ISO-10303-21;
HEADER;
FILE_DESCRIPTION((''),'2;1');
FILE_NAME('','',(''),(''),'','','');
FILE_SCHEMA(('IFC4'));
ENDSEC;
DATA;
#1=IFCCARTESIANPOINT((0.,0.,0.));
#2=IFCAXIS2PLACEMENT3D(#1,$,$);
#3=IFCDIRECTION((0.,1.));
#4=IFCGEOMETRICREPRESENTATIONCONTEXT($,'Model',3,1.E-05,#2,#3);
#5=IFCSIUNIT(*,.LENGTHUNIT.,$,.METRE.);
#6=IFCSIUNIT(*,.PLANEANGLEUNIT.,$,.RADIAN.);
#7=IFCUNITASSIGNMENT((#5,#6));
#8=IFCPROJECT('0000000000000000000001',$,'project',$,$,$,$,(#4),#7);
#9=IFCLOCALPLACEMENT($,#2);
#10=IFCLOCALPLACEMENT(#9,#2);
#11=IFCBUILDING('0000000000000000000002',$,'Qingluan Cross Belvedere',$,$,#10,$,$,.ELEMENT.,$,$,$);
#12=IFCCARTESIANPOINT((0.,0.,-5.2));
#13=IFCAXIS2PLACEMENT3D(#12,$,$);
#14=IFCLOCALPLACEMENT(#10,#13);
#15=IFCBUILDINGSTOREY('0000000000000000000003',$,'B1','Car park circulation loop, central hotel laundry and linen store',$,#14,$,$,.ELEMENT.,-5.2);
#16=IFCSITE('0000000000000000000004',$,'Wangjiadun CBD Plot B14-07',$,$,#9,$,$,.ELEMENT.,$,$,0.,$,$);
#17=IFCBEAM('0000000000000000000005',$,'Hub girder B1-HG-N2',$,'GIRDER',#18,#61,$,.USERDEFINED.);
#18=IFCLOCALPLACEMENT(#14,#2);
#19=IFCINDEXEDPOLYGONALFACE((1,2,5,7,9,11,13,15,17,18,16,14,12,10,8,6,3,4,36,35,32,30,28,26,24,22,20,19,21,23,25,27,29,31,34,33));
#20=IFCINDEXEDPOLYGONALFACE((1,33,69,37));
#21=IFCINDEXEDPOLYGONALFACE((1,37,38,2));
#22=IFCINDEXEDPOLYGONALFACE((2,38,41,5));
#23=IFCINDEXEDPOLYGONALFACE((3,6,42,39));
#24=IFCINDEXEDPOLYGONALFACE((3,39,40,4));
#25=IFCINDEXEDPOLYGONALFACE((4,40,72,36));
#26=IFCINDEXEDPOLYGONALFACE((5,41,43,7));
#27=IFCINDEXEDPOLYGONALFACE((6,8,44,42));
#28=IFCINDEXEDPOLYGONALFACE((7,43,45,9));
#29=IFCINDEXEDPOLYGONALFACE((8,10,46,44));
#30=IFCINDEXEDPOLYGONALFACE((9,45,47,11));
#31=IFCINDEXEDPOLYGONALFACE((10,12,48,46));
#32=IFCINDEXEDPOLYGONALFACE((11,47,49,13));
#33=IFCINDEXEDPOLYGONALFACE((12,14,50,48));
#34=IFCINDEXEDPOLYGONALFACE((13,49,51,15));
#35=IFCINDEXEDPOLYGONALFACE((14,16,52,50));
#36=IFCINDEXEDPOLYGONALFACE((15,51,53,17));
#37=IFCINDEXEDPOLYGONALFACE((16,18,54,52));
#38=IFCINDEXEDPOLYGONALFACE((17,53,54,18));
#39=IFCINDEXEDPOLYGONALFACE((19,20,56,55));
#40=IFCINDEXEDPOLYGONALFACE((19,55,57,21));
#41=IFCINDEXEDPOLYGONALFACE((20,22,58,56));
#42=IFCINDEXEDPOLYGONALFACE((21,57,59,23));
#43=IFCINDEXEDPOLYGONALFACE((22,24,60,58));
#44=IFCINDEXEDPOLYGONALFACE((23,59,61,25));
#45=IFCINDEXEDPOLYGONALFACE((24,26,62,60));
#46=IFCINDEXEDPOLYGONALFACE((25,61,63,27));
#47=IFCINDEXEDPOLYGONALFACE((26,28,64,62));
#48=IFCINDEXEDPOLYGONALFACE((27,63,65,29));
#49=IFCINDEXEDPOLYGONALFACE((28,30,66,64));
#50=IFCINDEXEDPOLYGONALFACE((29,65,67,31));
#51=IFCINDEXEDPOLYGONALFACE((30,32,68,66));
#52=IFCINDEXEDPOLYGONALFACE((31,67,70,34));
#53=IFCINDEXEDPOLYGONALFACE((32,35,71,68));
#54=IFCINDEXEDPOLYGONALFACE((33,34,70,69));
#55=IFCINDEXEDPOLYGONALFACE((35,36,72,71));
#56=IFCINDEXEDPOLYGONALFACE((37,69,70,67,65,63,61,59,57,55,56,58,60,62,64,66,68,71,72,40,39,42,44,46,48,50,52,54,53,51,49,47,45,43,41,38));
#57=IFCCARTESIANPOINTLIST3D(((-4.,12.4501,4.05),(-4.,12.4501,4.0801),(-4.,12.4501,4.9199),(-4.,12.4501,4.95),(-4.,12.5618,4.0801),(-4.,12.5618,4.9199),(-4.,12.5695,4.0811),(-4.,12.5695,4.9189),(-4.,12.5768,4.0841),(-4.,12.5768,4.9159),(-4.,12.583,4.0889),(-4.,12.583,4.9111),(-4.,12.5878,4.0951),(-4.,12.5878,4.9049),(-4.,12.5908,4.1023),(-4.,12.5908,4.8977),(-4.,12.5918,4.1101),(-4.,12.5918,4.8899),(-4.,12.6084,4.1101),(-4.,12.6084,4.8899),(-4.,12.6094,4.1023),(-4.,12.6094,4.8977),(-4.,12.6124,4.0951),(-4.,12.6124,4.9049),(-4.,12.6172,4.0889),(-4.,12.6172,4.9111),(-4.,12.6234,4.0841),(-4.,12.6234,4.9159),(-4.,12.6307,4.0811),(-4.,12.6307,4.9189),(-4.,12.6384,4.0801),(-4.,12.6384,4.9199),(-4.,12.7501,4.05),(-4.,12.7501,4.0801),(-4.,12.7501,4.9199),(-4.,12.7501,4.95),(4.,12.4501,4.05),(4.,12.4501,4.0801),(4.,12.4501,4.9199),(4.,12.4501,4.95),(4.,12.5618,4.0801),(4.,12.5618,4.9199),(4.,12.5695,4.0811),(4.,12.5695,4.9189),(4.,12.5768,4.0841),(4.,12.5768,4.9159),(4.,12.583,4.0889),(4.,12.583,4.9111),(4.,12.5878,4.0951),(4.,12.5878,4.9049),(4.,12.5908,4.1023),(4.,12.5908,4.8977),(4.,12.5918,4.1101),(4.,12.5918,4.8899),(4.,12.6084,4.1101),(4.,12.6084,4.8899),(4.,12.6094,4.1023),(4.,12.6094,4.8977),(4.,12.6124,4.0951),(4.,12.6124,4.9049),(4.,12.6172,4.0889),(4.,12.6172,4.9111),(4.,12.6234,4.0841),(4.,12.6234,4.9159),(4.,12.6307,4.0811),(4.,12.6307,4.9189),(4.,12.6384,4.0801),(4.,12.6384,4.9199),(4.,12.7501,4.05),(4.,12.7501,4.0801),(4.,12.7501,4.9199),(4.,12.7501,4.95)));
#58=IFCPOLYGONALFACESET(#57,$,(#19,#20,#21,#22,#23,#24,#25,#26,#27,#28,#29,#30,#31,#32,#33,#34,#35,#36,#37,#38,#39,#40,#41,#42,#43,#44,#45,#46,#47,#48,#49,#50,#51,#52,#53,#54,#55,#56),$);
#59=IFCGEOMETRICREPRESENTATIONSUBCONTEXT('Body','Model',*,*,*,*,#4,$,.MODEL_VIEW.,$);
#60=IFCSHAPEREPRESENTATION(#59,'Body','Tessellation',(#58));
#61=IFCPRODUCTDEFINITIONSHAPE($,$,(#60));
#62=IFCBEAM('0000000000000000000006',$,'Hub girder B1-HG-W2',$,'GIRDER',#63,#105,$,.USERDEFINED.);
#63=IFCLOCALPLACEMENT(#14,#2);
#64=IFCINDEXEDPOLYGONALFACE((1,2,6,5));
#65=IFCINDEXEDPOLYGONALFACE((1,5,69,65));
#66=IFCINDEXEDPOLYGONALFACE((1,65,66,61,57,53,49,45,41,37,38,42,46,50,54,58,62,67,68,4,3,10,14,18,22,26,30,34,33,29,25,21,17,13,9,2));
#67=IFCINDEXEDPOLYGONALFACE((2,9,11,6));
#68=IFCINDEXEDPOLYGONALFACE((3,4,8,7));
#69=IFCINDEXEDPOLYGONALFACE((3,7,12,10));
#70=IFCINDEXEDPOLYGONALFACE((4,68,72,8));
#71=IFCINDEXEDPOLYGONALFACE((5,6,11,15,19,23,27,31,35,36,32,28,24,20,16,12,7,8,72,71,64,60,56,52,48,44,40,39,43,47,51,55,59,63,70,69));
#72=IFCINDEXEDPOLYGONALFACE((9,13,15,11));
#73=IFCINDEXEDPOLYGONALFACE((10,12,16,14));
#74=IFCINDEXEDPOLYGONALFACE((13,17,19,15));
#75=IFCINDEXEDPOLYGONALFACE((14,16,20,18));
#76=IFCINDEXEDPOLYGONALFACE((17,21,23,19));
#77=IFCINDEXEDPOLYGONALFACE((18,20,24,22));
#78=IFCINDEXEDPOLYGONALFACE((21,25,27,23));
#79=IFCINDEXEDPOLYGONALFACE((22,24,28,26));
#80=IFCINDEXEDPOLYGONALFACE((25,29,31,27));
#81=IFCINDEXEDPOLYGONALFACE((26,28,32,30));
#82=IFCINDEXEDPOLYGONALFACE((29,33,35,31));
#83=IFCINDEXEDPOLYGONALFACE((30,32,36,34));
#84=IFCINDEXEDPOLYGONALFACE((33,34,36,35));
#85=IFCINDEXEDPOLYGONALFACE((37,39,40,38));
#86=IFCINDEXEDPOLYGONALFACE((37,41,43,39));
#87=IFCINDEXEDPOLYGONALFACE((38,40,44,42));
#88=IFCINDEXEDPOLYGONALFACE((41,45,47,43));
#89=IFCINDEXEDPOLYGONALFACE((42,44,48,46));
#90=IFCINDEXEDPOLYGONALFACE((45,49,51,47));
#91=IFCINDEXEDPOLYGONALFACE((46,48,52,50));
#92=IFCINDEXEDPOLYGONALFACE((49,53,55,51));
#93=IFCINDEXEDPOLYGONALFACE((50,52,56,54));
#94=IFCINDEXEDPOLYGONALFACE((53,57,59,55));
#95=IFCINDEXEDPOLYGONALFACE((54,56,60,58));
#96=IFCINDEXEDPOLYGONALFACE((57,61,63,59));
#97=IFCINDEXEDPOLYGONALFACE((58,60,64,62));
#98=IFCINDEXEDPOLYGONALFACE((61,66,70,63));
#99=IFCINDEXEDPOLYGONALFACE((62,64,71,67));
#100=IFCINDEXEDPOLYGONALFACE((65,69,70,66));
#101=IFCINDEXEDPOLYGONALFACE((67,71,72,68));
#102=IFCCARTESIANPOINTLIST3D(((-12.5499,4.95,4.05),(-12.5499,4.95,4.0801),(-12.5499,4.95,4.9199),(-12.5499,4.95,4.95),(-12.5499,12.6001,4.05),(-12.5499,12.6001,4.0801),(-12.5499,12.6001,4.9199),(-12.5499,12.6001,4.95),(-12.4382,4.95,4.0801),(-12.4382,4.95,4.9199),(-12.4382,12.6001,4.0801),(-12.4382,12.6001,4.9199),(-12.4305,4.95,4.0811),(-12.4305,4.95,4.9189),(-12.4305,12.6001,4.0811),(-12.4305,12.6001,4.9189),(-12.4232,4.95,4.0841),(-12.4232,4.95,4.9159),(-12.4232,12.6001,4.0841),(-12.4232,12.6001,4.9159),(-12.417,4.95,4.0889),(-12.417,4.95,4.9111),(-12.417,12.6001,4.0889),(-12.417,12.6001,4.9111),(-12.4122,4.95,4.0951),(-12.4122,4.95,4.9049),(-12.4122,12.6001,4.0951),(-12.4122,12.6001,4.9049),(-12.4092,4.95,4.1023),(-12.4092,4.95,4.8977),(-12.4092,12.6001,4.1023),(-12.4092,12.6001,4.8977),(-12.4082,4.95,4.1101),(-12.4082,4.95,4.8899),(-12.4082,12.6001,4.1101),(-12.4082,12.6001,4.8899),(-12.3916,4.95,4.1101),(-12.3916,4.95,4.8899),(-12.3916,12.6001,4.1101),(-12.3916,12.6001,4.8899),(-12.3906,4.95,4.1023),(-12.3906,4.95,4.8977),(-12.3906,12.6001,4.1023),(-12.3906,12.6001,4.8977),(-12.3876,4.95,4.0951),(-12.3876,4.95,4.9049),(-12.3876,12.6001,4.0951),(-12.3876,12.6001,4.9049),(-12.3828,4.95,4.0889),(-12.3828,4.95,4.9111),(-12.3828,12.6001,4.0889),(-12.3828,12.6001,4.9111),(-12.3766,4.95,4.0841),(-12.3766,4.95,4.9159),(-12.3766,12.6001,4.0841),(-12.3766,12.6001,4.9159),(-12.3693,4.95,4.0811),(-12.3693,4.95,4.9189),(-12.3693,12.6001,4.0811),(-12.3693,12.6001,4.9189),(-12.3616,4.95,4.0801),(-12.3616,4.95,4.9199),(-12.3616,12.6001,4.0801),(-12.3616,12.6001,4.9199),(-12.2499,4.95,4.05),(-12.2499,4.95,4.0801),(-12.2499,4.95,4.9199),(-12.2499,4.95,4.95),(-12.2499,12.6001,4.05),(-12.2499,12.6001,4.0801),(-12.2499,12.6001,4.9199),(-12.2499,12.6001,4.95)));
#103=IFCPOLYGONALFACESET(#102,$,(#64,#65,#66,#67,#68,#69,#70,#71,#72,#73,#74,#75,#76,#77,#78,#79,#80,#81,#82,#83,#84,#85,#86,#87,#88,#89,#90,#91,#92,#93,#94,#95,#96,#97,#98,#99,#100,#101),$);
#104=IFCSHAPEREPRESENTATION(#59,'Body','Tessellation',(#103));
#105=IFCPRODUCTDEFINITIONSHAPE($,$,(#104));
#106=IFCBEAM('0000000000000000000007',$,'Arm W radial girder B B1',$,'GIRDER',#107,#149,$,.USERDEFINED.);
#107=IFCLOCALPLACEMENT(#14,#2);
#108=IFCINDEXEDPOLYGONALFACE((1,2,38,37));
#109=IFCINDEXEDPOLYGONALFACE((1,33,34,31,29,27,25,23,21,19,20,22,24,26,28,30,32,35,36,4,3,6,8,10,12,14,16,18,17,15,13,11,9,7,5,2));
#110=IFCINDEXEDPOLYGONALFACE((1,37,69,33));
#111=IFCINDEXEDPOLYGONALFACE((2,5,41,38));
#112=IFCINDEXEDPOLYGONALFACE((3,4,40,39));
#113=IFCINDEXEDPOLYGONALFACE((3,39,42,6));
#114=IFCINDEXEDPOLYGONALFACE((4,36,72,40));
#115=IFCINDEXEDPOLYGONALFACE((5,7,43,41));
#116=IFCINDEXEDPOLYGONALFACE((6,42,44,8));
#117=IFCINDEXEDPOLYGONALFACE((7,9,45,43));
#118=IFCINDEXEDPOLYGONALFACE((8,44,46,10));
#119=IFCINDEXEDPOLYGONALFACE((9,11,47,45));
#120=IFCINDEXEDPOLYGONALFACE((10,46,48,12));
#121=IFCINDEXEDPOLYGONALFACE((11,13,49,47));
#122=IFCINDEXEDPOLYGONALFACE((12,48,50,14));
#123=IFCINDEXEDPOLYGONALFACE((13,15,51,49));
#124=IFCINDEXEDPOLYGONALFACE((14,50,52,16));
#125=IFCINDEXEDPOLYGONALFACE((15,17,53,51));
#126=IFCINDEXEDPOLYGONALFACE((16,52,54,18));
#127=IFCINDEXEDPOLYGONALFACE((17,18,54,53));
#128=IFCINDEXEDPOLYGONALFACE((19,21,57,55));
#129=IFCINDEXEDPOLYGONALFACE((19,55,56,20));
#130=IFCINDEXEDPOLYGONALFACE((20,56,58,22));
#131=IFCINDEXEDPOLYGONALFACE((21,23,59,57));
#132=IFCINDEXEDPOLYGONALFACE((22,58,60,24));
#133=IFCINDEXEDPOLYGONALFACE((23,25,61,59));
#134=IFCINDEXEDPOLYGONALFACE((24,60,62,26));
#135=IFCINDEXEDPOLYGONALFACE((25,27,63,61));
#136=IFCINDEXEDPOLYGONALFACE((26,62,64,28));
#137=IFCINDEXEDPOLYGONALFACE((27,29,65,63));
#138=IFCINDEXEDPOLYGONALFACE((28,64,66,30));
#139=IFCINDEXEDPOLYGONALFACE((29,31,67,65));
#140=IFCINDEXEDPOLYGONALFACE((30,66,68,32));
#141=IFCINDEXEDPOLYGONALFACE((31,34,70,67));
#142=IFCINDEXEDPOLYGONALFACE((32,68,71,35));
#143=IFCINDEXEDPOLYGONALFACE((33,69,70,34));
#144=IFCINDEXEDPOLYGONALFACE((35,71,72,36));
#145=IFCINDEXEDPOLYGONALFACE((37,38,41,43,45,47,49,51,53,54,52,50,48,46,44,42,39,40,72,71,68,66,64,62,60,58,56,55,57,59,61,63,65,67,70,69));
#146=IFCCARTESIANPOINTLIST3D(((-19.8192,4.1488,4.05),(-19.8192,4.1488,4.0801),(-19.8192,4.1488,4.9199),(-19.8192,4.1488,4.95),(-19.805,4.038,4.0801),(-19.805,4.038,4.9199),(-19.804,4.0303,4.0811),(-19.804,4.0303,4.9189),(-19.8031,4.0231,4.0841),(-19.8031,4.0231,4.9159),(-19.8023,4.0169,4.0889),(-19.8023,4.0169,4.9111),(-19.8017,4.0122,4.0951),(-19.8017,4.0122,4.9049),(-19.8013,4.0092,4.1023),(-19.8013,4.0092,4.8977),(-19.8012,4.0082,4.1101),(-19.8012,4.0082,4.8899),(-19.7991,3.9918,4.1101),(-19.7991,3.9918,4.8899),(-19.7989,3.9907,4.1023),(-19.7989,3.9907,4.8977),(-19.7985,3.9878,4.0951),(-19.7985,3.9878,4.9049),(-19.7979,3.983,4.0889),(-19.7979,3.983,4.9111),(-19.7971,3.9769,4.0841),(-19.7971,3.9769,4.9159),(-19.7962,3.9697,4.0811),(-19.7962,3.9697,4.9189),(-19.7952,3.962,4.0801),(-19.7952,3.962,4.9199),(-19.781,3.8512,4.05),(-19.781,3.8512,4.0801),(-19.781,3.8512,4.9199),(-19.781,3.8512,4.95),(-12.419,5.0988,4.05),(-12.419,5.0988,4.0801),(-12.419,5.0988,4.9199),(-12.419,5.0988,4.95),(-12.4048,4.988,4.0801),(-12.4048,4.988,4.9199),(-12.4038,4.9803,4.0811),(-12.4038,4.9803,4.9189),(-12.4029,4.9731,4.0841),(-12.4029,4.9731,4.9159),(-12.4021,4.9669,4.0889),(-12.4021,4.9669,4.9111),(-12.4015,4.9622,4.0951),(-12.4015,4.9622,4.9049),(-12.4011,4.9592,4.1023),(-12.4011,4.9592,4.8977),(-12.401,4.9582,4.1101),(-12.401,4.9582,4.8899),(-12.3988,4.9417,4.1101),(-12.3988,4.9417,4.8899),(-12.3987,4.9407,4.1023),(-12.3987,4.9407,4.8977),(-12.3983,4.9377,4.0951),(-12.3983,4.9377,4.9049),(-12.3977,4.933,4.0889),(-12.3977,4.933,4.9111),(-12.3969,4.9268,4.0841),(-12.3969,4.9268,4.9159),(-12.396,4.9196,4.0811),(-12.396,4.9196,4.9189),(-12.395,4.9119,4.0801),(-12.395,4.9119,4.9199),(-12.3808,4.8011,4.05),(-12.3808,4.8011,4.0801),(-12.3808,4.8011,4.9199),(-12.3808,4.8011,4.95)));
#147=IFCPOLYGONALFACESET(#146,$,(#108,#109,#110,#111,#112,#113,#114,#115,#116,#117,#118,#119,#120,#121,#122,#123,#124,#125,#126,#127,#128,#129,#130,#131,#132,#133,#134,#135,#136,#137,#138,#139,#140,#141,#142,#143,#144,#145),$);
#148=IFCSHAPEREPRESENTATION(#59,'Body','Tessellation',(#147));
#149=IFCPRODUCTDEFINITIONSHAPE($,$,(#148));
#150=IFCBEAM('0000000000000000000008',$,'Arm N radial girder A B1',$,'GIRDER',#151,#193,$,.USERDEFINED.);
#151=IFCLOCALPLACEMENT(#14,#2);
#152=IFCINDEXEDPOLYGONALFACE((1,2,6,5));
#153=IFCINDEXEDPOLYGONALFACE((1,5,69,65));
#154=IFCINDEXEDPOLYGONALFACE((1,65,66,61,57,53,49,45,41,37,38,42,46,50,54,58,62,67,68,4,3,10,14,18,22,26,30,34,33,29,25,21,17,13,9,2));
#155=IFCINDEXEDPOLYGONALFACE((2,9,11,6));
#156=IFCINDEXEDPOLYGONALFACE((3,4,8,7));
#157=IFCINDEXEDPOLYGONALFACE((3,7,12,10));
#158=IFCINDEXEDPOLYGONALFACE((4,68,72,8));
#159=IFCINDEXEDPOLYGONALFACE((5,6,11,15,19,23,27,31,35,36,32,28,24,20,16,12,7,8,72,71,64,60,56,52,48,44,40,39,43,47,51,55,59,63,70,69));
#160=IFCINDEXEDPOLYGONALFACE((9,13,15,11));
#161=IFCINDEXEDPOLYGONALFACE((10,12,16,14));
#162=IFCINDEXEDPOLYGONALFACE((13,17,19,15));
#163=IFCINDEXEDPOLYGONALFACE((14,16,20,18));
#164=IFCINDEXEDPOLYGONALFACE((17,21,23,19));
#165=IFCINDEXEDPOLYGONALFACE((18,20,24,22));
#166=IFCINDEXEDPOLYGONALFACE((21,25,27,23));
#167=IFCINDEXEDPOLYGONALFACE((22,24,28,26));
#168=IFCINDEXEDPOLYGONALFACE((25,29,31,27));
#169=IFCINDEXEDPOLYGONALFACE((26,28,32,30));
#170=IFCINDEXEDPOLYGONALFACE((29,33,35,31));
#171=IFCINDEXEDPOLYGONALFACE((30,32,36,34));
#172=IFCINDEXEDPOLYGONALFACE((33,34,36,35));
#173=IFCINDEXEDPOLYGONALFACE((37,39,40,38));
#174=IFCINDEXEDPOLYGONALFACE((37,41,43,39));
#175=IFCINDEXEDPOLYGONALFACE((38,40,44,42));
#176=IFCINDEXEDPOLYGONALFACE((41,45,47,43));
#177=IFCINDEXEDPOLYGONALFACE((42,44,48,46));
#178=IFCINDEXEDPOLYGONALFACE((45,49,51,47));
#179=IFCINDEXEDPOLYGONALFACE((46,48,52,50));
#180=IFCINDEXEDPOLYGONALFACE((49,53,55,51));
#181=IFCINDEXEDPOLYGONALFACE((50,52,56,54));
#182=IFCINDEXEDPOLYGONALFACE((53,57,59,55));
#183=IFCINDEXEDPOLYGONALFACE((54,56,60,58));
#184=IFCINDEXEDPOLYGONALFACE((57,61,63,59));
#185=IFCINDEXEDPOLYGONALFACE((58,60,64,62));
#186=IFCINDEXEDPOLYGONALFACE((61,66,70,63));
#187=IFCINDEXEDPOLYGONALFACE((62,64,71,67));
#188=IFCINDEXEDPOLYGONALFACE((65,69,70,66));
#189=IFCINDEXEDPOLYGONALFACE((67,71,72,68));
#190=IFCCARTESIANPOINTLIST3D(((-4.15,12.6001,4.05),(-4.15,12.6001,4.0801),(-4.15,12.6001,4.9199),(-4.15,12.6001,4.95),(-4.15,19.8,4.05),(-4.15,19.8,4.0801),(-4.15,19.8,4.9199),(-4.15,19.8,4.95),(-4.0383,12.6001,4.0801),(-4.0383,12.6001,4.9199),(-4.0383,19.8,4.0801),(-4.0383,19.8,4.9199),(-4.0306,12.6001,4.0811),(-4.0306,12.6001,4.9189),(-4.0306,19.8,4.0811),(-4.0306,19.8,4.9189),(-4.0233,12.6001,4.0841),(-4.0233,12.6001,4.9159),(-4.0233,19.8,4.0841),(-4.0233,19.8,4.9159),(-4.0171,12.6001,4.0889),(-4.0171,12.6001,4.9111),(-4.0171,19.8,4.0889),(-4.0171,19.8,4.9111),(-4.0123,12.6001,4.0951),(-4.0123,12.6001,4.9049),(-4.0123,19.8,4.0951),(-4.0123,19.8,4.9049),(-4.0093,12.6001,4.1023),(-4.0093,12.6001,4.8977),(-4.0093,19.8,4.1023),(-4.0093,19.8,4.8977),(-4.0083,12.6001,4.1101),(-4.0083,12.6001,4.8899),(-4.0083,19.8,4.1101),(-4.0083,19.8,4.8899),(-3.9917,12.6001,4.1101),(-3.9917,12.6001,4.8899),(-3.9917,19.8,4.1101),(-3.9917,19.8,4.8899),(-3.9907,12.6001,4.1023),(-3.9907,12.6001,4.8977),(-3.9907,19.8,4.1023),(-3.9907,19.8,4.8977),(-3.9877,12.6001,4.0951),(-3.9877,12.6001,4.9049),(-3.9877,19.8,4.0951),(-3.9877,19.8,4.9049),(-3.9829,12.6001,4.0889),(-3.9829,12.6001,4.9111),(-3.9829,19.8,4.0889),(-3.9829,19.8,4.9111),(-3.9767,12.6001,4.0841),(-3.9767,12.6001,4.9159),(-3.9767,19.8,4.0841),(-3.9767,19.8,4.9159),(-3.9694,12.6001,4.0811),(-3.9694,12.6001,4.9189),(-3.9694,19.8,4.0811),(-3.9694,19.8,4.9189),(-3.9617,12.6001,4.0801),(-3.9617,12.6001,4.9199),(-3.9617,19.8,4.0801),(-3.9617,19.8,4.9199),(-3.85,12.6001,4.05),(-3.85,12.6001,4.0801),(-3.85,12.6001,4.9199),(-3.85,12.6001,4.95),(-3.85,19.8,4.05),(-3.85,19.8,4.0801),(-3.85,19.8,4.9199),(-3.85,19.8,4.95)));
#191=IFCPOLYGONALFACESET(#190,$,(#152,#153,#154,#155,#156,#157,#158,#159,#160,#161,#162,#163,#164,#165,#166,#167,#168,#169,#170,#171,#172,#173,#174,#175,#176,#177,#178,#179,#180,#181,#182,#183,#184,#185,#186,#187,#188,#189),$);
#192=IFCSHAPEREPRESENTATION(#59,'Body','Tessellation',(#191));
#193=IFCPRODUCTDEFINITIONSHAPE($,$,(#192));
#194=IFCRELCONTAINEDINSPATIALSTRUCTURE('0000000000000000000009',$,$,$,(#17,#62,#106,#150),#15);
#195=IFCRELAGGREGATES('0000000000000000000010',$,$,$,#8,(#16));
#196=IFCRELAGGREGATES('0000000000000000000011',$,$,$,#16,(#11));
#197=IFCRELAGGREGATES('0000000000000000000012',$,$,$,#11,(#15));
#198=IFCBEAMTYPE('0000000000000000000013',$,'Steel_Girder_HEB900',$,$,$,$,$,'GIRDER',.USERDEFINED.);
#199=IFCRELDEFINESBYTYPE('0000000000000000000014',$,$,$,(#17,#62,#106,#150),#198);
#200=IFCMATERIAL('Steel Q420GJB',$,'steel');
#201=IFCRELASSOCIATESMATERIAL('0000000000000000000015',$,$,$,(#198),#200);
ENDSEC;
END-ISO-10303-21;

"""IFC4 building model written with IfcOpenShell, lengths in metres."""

from ifc_helpers import new_model, si_unit, direction, frame, origin, origin_2d, place, context, subcontext, project, spatial, i_section, extrude, material, material_profile, profile_set, type_object, element, save


model = new_model("IFC4")

# Units and contexts
model_context = context("Model", 3, precision=1e-05, world=origin(), true_north=direction((0.0, 1.0)))
body_context = subcontext(model_context, "Body", "Model", "MODEL_VIEW")
ifc_project = project(units=[si_unit("LENGTHUNIT", "METRE"), si_unit("PLANEANGLEUNIT", "RADIAN")], contexts=[model_context])

# Site, building, storey
site_placement = place(None, origin())
site = spatial("IfcSite", under=ifc_project, at=site_placement, Name="Wangjiadun CBD Plot B14-07", CompositionType="ELEMENT", RefElevation=0.0)
building_placement = place(site_placement, origin())
building = spatial("IfcBuilding", under=site, at=building_placement, Name="Qingluan Cross Belvedere", CompositionType="ELEMENT")
storey_placement = place(building_placement, frame((0.0, 0.0, -5.2)))
storey = spatial("IfcBuildingStorey", under=building, at=storey_placement, Name="B1", Description="Car park circulation loop, central hotel laundry and linen store", CompositionType="ELEMENT", Elevation=-5.2)

# Beams
ifc_material_1 = material(Name="Steel Q420GJB", Category="steel")
ifc_material_profile_1 = material_profile(ifc_material_1, i_section(OverallWidth=0.3, OverallDepth=0.8999, WebThickness=0.0166, FlangeThickness=0.03, FilletRadius=0.03, at=origin_2d()), Name="HEB900")
ifc_profile_set_1 = profile_set([ifc_material_profile_1], Name="Steel Q420GJB")
beam_type_1 = type_object("IfcBeamType", Name="Steel_Girder_HEB900", ElementType="GIRDER", PredefinedType="USERDEFINED", material=ifc_profile_set_1)
beam_1_placement = place(storey_placement, frame((-4.0, 12.6001, 4.5), z_axis=(1.0, 0.0, 0.0), x_axis=(0.0, 1.0, 0.0)))
element("IfcBeam", 1, at=beam_1_placement, inside=storey, type_object=beam_type_1, Name="Hub girder B1-HG-N2", ObjectType="GIRDER", PredefinedType="USERDEFINED", context=body_context, shape_type="SweptSolid", body=[
    extrude(i_section(OverallWidth=0.3, OverallDepth=0.8999, WebThickness=0.0166, FlangeThickness=0.03, FilletRadius=0.03, at=origin_2d()), origin(), (0.0, 0.0, 1.0), 8.0),
])
beam_2_placement = place(storey_placement, frame((-12.3999, 4.95, 4.5), z_axis=(0.0, 1.0, 0.0), x_axis=(-1.0, 0.0, 0.0)))
element("IfcBeam", 2, at=beam_2_placement, inside=storey, type_object=beam_type_1, Name="Hub girder B1-HG-W2", ObjectType="GIRDER", PredefinedType="USERDEFINED", context=body_context, shape_type="SweptSolid", body=[
    extrude(i_section(OverallWidth=0.3, OverallDepth=0.8999, WebThickness=0.0166, FlangeThickness=0.03, FilletRadius=0.03, at=origin_2d()), origin(), (0.0, 0.0, 1.0), 7.6501),
])
beam_3_placement = place(storey_placement, frame((-12.3999, 4.95, 4.5), z_axis=(-0.991861, -0.127324, 0.0), x_axis=(0.127324, -0.991861, 0.0)))
element("IfcBeam", 3, at=beam_3_placement, inside=storey, type_object=beam_type_1, Name="Arm W radial girder B B1", ObjectType="GIRDER", PredefinedType="USERDEFINED", context=body_context, shape_type="SweptSolid", body=[
    extrude(i_section(OverallWidth=0.3, OverallDepth=0.8999, WebThickness=0.0166, FlangeThickness=0.03, FilletRadius=0.03, at=origin_2d()), origin(), (0.0, 0.0, 1.0), 7.4609),
])
beam_4_placement = place(storey_placement, frame((-4.0, 12.6001, 4.5), z_axis=(0.0, 1.0, 0.0), x_axis=(-1.0, 0.0, 0.0)))
element("IfcBeam", 4, at=beam_4_placement, inside=storey, type_object=beam_type_1, Name="Arm N radial girder A B1", ObjectType="GIRDER", PredefinedType="USERDEFINED", context=body_context, shape_type="SweptSolid", body=[
    extrude(i_section(OverallWidth=0.3, OverallDepth=0.8999, WebThickness=0.0166, FlangeThickness=0.03, FilletRadius=0.03, at=origin_2d()), origin(), (0.0, 0.0, 1.0), 7.2),
])

save(model, "model.ifc")
